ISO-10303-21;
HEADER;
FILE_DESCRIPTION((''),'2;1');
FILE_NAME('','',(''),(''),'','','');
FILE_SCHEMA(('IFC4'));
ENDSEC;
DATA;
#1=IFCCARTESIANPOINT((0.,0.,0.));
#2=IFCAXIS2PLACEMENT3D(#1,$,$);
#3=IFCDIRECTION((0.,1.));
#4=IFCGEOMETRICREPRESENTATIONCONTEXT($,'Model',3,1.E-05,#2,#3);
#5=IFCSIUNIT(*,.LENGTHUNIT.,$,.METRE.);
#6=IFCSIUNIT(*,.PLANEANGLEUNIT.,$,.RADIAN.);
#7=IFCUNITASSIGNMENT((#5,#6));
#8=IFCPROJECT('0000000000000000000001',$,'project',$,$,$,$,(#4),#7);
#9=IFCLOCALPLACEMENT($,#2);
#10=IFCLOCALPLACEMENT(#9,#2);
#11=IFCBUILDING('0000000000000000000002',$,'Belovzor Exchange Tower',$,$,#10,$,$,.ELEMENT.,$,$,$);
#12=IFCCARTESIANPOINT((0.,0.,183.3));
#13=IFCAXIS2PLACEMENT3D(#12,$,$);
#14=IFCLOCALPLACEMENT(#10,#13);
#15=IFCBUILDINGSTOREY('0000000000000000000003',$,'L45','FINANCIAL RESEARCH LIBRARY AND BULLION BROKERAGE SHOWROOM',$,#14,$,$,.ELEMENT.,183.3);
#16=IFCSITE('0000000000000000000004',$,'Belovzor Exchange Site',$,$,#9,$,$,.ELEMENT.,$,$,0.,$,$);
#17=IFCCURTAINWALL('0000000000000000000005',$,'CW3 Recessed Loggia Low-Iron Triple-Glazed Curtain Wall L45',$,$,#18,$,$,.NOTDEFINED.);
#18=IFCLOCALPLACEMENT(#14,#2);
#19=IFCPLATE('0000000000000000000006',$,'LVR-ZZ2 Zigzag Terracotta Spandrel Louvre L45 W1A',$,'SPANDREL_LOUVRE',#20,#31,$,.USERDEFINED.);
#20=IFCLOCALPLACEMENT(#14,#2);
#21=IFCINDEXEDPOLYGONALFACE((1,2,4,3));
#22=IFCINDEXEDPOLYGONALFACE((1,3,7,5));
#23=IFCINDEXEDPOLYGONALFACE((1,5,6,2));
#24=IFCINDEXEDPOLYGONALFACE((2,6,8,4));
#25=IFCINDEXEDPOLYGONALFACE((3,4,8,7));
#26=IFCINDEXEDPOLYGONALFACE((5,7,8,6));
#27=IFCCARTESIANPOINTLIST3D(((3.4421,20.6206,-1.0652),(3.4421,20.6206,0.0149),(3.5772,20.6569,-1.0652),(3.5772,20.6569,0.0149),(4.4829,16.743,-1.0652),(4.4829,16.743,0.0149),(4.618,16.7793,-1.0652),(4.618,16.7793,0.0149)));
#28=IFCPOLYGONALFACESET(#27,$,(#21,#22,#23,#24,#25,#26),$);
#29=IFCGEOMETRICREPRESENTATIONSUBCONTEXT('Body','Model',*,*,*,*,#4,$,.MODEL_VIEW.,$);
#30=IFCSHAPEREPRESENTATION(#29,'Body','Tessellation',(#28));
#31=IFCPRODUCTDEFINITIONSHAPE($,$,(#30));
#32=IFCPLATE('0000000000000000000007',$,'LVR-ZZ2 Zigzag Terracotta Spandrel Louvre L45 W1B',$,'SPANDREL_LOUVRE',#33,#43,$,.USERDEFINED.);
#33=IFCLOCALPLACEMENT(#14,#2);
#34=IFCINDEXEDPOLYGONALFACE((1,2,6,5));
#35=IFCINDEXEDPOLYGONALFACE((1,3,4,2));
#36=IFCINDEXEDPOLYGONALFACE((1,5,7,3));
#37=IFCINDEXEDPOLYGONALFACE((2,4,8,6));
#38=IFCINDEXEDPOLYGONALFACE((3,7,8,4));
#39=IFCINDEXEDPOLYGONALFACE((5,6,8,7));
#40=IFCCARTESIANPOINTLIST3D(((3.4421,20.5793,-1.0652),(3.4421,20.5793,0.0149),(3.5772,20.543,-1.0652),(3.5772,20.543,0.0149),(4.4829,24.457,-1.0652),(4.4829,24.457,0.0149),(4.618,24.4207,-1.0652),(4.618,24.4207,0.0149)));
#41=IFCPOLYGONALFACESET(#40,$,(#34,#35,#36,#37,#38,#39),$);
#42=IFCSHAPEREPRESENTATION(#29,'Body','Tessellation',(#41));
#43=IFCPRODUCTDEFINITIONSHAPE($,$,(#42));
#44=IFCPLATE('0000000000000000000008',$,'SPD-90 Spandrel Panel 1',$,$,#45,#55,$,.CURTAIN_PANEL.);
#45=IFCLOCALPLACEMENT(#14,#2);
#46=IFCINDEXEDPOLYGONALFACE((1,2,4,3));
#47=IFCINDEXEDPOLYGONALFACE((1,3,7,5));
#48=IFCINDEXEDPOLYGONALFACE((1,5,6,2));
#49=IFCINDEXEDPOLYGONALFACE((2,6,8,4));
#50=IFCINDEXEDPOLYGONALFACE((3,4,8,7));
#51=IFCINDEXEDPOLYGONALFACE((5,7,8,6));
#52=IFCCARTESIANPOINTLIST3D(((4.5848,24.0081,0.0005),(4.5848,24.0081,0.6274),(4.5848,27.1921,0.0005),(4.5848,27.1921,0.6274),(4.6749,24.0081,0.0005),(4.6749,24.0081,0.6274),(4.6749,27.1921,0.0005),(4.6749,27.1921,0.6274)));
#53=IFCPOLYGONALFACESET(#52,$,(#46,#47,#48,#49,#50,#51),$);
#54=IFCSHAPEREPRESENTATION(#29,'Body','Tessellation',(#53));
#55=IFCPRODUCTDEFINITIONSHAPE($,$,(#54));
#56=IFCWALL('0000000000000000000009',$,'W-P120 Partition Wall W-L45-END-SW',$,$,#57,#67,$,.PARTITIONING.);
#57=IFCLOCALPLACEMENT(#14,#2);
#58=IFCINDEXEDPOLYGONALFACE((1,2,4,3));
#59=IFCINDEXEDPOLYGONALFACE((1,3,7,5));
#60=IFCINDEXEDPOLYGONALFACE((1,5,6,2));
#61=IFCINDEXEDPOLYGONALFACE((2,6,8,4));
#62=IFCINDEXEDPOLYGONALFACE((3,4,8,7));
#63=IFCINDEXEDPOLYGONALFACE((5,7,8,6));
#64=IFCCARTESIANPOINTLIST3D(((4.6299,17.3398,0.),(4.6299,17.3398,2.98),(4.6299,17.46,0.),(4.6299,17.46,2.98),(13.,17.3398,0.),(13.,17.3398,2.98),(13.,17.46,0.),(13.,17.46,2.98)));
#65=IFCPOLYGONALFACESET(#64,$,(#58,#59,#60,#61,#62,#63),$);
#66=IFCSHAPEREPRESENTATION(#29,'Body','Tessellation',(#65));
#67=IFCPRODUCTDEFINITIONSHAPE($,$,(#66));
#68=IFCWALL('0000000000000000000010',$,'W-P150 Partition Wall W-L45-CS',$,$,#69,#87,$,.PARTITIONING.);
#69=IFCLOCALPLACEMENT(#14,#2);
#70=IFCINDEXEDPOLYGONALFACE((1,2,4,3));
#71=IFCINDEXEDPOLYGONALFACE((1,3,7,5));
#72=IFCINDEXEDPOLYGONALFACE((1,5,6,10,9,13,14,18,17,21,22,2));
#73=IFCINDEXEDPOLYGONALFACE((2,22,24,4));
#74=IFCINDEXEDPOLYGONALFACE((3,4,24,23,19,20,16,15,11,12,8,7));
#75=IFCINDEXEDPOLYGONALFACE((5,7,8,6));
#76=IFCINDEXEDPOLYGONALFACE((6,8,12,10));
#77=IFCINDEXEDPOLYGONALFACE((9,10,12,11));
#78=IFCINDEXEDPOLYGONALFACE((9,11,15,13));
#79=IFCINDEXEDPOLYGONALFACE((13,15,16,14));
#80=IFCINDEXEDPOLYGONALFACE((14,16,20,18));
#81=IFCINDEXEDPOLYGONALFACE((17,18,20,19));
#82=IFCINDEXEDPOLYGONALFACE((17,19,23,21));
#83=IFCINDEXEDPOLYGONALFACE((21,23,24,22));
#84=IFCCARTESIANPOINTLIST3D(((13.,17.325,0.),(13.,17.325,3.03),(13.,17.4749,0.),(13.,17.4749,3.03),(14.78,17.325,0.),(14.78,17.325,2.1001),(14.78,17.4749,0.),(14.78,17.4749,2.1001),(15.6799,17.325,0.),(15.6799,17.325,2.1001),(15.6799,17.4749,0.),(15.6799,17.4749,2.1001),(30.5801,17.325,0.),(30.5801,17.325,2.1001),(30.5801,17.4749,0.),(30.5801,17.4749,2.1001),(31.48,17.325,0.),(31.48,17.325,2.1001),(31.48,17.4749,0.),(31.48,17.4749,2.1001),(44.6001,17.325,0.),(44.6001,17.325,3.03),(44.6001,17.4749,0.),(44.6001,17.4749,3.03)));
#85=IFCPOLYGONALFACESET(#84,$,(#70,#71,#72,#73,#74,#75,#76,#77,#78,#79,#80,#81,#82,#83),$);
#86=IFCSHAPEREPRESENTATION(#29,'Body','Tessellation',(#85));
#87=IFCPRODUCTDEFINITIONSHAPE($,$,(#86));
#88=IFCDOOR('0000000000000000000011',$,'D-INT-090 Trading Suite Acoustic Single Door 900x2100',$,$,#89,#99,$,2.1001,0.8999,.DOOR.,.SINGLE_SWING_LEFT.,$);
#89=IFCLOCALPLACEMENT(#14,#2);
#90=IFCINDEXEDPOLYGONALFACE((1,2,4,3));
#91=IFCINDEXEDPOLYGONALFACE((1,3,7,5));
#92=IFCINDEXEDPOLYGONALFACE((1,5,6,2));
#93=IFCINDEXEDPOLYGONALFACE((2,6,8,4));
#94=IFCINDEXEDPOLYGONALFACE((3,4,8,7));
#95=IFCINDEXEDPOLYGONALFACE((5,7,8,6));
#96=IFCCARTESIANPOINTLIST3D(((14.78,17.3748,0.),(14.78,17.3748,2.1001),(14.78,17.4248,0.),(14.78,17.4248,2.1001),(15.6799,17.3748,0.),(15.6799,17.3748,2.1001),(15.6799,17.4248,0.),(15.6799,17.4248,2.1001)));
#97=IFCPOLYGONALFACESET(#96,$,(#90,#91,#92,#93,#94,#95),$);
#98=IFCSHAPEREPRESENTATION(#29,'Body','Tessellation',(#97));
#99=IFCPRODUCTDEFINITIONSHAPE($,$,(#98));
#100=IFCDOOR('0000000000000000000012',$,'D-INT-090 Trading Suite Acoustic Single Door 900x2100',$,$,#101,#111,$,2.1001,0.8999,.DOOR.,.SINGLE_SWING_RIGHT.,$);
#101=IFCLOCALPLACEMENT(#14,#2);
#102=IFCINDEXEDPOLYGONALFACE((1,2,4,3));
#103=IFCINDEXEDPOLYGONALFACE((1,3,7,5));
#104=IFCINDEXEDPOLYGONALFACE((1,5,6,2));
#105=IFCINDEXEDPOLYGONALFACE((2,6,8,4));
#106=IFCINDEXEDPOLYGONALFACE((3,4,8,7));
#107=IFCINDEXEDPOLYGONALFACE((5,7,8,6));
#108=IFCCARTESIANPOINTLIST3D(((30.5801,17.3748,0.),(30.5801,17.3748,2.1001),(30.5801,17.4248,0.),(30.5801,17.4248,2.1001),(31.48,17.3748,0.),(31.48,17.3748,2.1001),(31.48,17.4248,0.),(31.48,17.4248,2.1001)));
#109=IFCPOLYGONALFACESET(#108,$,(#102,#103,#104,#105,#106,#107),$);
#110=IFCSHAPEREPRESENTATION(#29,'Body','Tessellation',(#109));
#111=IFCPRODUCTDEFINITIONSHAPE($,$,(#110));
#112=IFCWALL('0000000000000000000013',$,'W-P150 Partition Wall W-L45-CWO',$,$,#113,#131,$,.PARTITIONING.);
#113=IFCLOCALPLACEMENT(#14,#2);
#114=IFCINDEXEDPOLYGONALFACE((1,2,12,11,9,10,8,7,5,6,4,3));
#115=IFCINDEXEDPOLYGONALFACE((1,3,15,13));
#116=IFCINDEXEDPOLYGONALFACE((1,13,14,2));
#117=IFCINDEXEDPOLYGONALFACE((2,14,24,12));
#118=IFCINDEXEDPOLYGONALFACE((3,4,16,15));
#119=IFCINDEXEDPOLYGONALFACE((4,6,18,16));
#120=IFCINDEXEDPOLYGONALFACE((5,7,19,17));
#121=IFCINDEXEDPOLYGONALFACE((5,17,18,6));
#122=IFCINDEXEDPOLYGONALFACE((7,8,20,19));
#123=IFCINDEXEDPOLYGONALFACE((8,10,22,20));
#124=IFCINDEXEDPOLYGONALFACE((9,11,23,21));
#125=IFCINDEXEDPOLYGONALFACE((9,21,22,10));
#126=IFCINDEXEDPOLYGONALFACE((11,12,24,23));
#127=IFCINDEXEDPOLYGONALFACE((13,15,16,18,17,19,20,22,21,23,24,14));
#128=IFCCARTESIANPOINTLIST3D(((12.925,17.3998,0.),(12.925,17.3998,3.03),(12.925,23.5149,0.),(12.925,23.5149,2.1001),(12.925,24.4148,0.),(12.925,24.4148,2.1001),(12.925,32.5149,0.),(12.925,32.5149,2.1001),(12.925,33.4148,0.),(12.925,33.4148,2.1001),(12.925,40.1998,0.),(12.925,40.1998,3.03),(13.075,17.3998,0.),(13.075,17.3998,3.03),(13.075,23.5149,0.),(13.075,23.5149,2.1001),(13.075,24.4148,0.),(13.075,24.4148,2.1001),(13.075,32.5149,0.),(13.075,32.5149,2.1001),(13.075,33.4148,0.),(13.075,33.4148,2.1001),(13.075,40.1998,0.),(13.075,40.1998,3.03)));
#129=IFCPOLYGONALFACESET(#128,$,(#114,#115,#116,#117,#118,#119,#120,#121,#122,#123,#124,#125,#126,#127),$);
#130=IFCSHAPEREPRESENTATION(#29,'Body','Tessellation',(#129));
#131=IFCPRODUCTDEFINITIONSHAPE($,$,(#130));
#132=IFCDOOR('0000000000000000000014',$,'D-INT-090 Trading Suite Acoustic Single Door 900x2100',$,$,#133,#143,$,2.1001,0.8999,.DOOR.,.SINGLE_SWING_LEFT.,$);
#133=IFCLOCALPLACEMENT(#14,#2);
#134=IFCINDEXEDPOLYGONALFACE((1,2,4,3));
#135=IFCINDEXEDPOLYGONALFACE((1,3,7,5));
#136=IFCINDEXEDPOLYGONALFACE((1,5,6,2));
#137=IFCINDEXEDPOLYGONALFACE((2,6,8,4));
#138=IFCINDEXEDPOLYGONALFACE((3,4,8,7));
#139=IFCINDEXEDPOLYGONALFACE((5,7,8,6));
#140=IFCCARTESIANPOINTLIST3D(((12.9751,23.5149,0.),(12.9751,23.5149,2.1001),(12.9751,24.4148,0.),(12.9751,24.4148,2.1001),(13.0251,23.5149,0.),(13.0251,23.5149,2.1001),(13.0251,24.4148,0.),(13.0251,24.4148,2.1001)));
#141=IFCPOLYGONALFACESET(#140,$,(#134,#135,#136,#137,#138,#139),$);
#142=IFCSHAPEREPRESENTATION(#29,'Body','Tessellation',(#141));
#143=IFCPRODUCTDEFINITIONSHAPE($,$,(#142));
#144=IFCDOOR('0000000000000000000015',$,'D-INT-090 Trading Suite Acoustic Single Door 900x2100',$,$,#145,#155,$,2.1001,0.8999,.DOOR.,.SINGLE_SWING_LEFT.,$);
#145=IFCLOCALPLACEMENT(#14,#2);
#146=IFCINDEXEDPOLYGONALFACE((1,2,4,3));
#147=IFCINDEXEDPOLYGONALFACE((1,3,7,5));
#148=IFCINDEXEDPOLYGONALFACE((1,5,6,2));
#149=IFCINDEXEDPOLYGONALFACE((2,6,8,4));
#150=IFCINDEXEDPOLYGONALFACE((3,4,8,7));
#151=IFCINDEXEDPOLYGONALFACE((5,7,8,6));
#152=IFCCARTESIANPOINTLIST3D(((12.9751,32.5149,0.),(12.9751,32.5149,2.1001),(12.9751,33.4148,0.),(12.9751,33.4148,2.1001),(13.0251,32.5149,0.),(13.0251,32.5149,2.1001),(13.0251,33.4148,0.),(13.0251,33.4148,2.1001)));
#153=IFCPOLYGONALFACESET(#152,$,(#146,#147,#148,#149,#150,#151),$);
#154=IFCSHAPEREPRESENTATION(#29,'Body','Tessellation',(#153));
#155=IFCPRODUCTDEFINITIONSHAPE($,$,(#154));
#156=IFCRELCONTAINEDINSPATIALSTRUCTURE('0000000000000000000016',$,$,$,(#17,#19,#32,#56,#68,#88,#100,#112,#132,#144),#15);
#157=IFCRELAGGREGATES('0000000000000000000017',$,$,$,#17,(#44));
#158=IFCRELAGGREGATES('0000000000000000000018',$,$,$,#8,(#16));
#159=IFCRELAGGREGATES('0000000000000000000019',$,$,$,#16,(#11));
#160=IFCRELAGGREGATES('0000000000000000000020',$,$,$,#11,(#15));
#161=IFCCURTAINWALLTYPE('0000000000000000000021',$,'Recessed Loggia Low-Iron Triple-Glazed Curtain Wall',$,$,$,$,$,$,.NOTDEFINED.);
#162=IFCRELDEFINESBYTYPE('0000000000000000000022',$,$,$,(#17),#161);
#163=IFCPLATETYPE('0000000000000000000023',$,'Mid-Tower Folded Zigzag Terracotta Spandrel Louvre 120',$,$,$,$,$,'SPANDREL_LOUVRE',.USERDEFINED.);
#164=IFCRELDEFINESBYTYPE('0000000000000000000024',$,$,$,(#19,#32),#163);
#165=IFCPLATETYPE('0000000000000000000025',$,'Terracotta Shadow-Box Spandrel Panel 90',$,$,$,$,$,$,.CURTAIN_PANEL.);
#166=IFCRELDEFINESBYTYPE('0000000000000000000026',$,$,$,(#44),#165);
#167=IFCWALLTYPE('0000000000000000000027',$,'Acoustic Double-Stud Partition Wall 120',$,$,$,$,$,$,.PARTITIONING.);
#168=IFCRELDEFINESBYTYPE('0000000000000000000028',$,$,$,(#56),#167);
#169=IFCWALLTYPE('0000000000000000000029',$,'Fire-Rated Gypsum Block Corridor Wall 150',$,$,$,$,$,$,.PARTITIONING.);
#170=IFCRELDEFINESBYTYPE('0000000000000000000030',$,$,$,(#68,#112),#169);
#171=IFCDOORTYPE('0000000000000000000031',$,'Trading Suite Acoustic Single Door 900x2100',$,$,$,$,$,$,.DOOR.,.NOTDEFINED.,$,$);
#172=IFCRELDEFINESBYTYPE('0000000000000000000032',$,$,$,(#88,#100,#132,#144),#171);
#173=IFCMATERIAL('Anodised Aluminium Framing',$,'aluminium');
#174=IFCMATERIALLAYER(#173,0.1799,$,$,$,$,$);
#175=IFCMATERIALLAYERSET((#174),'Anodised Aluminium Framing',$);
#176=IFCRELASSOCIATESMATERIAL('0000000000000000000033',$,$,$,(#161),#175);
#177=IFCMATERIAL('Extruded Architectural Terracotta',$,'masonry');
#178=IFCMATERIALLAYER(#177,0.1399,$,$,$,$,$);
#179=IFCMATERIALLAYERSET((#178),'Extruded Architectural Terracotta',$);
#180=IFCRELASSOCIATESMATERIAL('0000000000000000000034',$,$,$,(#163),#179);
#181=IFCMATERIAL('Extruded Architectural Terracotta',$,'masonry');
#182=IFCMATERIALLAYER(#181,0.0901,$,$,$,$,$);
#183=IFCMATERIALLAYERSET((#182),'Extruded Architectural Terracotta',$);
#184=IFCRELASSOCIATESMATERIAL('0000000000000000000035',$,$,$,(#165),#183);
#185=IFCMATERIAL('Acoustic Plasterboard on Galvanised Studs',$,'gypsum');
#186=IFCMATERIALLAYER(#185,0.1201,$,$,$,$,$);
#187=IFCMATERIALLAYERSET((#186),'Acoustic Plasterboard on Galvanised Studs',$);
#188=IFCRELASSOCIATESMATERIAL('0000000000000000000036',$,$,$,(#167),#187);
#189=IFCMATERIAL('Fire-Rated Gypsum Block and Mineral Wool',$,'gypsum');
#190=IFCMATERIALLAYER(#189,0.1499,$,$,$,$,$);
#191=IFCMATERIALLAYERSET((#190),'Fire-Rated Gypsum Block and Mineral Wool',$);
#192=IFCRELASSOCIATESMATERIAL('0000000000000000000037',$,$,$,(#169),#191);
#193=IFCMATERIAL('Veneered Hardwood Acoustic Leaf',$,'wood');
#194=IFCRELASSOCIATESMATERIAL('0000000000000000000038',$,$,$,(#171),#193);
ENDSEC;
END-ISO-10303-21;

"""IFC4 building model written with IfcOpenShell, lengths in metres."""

from ifc_helpers import new_model, si_unit, direction, frame, frame_2d, origin, origin_2d, place, context, subcontext, project, spatial, rectangle, extrude, material, layer, layer_set, type_object, element, fill, aggregate, save


model = new_model("IFC4")

# Units and contexts
model_context = context("Model", 3, precision=1e-05, world=origin(), true_north=direction((0.0, 1.0)))
body_context = subcontext(model_context, "Body", "Model", "MODEL_VIEW")
ifc_project = project(units=[si_unit("LENGTHUNIT", "METRE"), si_unit("PLANEANGLEUNIT", "RADIAN")], contexts=[model_context])

# Site, building, storey
site_placement = place(None, origin())
site = spatial("IfcSite", under=ifc_project, at=site_placement, Name="Belovzor Exchange Site", CompositionType="ELEMENT", RefElevation=0.0)
building_placement = place(site_placement, origin())
building = spatial("IfcBuilding", under=site, at=building_placement, Name="Belovzor Exchange Tower", CompositionType="ELEMENT")
storey_placement = place(building_placement, frame((0.0, 0.0, 183.3)))
storey = spatial("IfcBuildingStorey", under=building, at=storey_placement, Name="L45", Description="FINANCIAL RESEARCH LIBRARY AND BULLION BROKERAGE SHOWROOM", CompositionType="ELEMENT", Elevation=183.3)

# Curtain wall
ifc_material_1 = material(Name="Anodised Aluminium Framing", Category="aluminium")
ifc_layer_1 = layer(ifc_material_1, 0.1799)
ifc_layer_set_1 = layer_set([ifc_layer_1], Name="Anodised Aluminium Framing")
curtain_wall_type = type_object("IfcCurtainWallType", Name="Recessed Loggia Low-Iron Triple-Glazed Curtain Wall", PredefinedType="NOTDEFINED", material=ifc_layer_set_1)
curtain_wall_placement = place(storey_placement, origin())
curtain_wall = element("IfcCurtainWall", 1, at=curtain_wall_placement, inside=storey, type_object=curtain_wall_type, Name="CW3 Recessed Loggia Low-Iron Triple-Glazed Curtain Wall L45", PredefinedType="NOTDEFINED")

# Plates
ifc_material_2 = material(Name="Extruded Architectural Terracotta", Category="masonry")
ifc_layer_2 = layer(ifc_material_2, 0.1399)
ifc_layer_set_2 = layer_set([ifc_layer_2], Name="Extruded Architectural Terracotta")
plate_type_1 = type_object("IfcPlateType", Name="Mid-Tower Folded Zigzag Terracotta Spandrel Louvre 120", ElementType="SPANDREL_LOUVRE", PredefinedType="USERDEFINED", material=ifc_layer_set_2)
for number, where, z_axis, x_axis, name in (
    (2, (4.03, 18.7, -1.0652), (0.0, 0.0, 1.0), (-0.25924, 0.965813, 0.0), "LVR-ZZ2 Zigzag Terracotta Spandrel Louvre L45 W1A"),
    (3, (4.03, 22.5, -1.0652), (0.0, 0.0, 1.0), (0.25924, 0.965813, 0.0), "LVR-ZZ2 Zigzag Terracotta Spandrel Louvre L45 W1B"),
):
    element("IfcPlate", number, at=place(storey_placement, frame(where, z_axis=z_axis, x_axis=x_axis)), inside=storey, type_object=plate_type_1, Name=name, ObjectType="SPANDREL_LOUVRE", PredefinedType="USERDEFINED", context=body_context, shape_type="SweptSolid", body=[
        extrude(rectangle(XDim=4.0149, YDim=0.1399, at=origin_2d()), origin(), (0.0, 0.0, 1.0), 1.0801),
    ])

# Plate
ifc_material_3 = material(Name="Extruded Architectural Terracotta", Category="masonry")
ifc_layer_3 = layer(ifc_material_3, 0.0901)
ifc_layer_set_3 = layer_set([ifc_layer_3], Name="Extruded Architectural Terracotta")
plate_type_2 = type_object("IfcPlateType", Name="Terracotta Shadow-Box Spandrel Panel 90", PredefinedType="CURTAIN_PANEL", material=ifc_layer_set_3)
plate_1_placement = place(storey_placement, frame((4.6299, 25.6001, 0.0005), z_axis=(0.0, 0.0, 1.0), x_axis=(0.0, 1.0, 0.0)))
plate_1 = element("IfcPlate", 4, at=plate_1_placement, type_object=plate_type_2, Name="SPD-90 Spandrel Panel 1", PredefinedType="CURTAIN_PANEL", context=body_context, shape_type="SweptSolid", body=[
    extrude(rectangle(XDim=3.1841, YDim=0.0901, at=origin_2d()), origin(), (0.0, 0.0, 1.0), 0.627),
])
aggregate(curtain_wall, [plate_1])

# Wall
ifc_material_4 = material(Name="Acoustic Plasterboard on Galvanised Studs", Category="gypsum")
ifc_layer_4 = layer(ifc_material_4, 0.1201)
ifc_layer_set_4 = layer_set([ifc_layer_4], Name="Acoustic Plasterboard on Galvanised Studs")
wall_type_1 = type_object("IfcWallType", Name="Acoustic Double-Stud Partition Wall 120", PredefinedType="PARTITIONING", material=ifc_layer_set_4)
wall_1_placement = place(storey_placement, frame((4.6299, 17.3999, 0.0), z_axis=(0.0, 0.0, 1.0), x_axis=(1.0, 0.0, 0.0)))
element("IfcWall", 5, at=wall_1_placement, inside=storey, type_object=wall_type_1, Name="W-P120 Partition Wall W-L45-END-SW", PredefinedType="PARTITIONING", context=body_context, shape_type="SweptSolid", body=[
    extrude(rectangle(XDim=8.3701, YDim=0.1201, at=frame_2d((4.1851, 0.0))), origin(), (0.0, 0.0, 1.0), 2.98),
])

# Walls, openings, doors
ifc_material_5 = material(Name="Fire-Rated Gypsum Block and Mineral Wool", Category="gypsum")
ifc_layer_5 = layer(ifc_material_5, 0.1499)
ifc_layer_set_5 = layer_set([ifc_layer_5], Name="Fire-Rated Gypsum Block and Mineral Wool")
wall_type_2 = type_object("IfcWallType", Name="Fire-Rated Gypsum Block Corridor Wall 150", PredefinedType="PARTITIONING", material=ifc_layer_set_5)
wall_2_placement = place(storey_placement, frame((13.0, 17.3999, 0.0), z_axis=(0.0, 0.0, 1.0), x_axis=(1.0, 0.0, 0.0)))
wall_2 = element("IfcWall", 6, at=wall_2_placement, inside=storey, type_object=wall_type_2, Name="W-P150 Partition Wall W-L45-CS", PredefinedType="PARTITIONING", context=body_context, shape_type="SweptSolid", body=[
    extrude(rectangle(XDim=31.6001, YDim=0.1499, at=frame_2d((15.8, 0.0))), origin(), (0.0, 0.0, 1.0), 3.03),
])
opening_1_placement = place(wall_2_placement, frame((1.78, 0.0, 0.0)))
opening_1 = element("IfcOpeningElement", 7, at=opening_1_placement, cuts=wall_2, PredefinedType="OPENING", context=body_context, shape_type="SweptSolid", body=[
    extrude(rectangle(XDim=0.8999, YDim=2.1001, at=frame_2d((0.45, 1.05))), frame((0.0, 0.085, 0.0), z_axis=(0.0, -1.0, 0.0), x_axis=(1.0, 0.0, 0.0)), (0.0, 0.0, 1.0), 0.1699),
])
opening_2_placement = place(wall_2_placement, frame((17.5801, 0.0, 0.0)))
opening_2 = element("IfcOpeningElement", 8, at=opening_2_placement, cuts=wall_2, PredefinedType="OPENING", context=body_context, shape_type="SweptSolid", body=[
    extrude(rectangle(XDim=0.8999, YDim=2.1001, at=frame_2d((0.45, 1.05))), frame((0.0, 0.085, 0.0), z_axis=(0.0, -1.0, 0.0), x_axis=(1.0, 0.0, 0.0)), (0.0, 0.0, 1.0), 0.1699),
])
ifc_material_6 = material(Name="Veneered Hardwood Acoustic Leaf", Category="wood")
door_type = type_object("IfcDoorType", Name="Trading Suite Acoustic Single Door 900x2100", OperationType="NOTDEFINED", PredefinedType="DOOR", material=ifc_material_6)
door_1_placement = place(opening_1_placement, origin())
door_1 = element("IfcDoor", 9, at=door_1_placement, inside=storey, type_object=door_type, Name="D-INT-090 Trading Suite Acoustic Single Door 900x2100", OperationType="SINGLE_SWING_LEFT", OverallHeight=2.1001, OverallWidth=0.8999, PredefinedType="DOOR", context=body_context, shape_type="SweptSolid", body=[
    extrude(rectangle(XDim=0.8999, YDim=2.1001, at=frame_2d((0.45, 1.05))), frame((0.0, 0.0249, 0.0), z_axis=(0.0, -1.0, 0.0), x_axis=(1.0, 0.0, 0.0)), (0.0, 0.0, 1.0), 0.05),
])
fill(opening_1, door_1)
door_2_placement = place(opening_2_placement, origin())
door_2 = element("IfcDoor", 10, at=door_2_placement, inside=storey, type_object=door_type, Name="D-INT-090 Trading Suite Acoustic Single Door 900x2100", OperationType="SINGLE_SWING_RIGHT", OverallHeight=2.1001, OverallWidth=0.8999, PredefinedType="DOOR", context=body_context, shape_type="SweptSolid", body=[
    extrude(rectangle(XDim=0.8999, YDim=2.1001, at=frame_2d((0.45, 1.05))), frame((0.0, 0.0249, 0.0), z_axis=(0.0, -1.0, 0.0), x_axis=(1.0, 0.0, 0.0)), (0.0, 0.0, 1.0), 0.05),
])
fill(opening_2, door_2)
wall_3_placement = place(storey_placement, frame((13.0, 17.3999, 0.0), z_axis=(0.0, 0.0, 1.0), x_axis=(0.0, 1.0, 0.0)))
wall_3 = element("IfcWall", 11, at=wall_3_placement, inside=storey, type_object=wall_type_2, Name="W-P150 Partition Wall W-L45-CWO", PredefinedType="PARTITIONING", context=body_context, shape_type="SweptSolid", body=[
    extrude(rectangle(XDim=22.8, YDim=0.1499, at=frame_2d((11.3999, 0.0))), origin(), (0.0, 0.0, 1.0), 3.03),
])
opening_3_placement = place(wall_3_placement, frame((6.115, 0.0, 0.0)))
opening_3 = element("IfcOpeningElement", 12, at=opening_3_placement, cuts=wall_3, PredefinedType="OPENING", context=body_context, shape_type="SweptSolid", body=[
    extrude(rectangle(XDim=0.8999, YDim=2.1001, at=frame_2d((0.45, 1.05))), frame((0.0, 0.085, 0.0), z_axis=(0.0, -1.0, 0.0), x_axis=(1.0, 0.0, 0.0)), (0.0, 0.0, 1.0), 0.1699),
])
opening_4_placement = place(wall_3_placement, frame((15.115, 0.0, 0.0)))
opening_4 = element("IfcOpeningElement", 13, at=opening_4_placement, cuts=wall_3, PredefinedType="OPENING", context=body_context, shape_type="SweptSolid", body=[
    extrude(rectangle(XDim=0.8999, YDim=2.1001, at=frame_2d((0.45, 1.05))), frame((0.0, 0.085, 0.0), z_axis=(0.0, -1.0, 0.0), x_axis=(1.0, 0.0, 0.0)), (0.0, 0.0, 1.0), 0.1699),
])
door_3_placement = place(opening_3_placement, origin())
door_3 = element("IfcDoor", 14, at=door_3_placement, inside=storey, type_object=door_type, Name="D-INT-090 Trading Suite Acoustic Single Door 900x2100", OperationType="SINGLE_SWING_LEFT", OverallHeight=2.1001, OverallWidth=0.8999, PredefinedType="DOOR", context=body_context, shape_type="SweptSolid", body=[
    extrude(rectangle(XDim=0.8999, YDim=2.1001, at=frame_2d((0.45, 1.05))), frame((0.0, 0.0249, 0.0), z_axis=(0.0, -1.0, 0.0), x_axis=(1.0, 0.0, 0.0)), (0.0, 0.0, 1.0), 0.05),
])
fill(opening_3, door_3)
door_4_placement = place(opening_4_placement, origin())
door_4 = element("IfcDoor", 15, at=door_4_placement, inside=storey, type_object=door_type, Name="D-INT-090 Trading Suite Acoustic Single Door 900x2100", OperationType="SINGLE_SWING_LEFT", OverallHeight=2.1001, OverallWidth=0.8999, PredefinedType="DOOR", context=body_context, shape_type="SweptSolid", body=[
    extrude(rectangle(XDim=0.8999, YDim=2.1001, at=frame_2d((0.45, 1.05))), frame((0.0, 0.0249, 0.0), z_axis=(0.0, -1.0, 0.0), x_axis=(1.0, 0.0, 0.0)), (0.0, 0.0, 1.0), 0.05),
])
fill(opening_4, door_4)

save(model, "model.ifc")
